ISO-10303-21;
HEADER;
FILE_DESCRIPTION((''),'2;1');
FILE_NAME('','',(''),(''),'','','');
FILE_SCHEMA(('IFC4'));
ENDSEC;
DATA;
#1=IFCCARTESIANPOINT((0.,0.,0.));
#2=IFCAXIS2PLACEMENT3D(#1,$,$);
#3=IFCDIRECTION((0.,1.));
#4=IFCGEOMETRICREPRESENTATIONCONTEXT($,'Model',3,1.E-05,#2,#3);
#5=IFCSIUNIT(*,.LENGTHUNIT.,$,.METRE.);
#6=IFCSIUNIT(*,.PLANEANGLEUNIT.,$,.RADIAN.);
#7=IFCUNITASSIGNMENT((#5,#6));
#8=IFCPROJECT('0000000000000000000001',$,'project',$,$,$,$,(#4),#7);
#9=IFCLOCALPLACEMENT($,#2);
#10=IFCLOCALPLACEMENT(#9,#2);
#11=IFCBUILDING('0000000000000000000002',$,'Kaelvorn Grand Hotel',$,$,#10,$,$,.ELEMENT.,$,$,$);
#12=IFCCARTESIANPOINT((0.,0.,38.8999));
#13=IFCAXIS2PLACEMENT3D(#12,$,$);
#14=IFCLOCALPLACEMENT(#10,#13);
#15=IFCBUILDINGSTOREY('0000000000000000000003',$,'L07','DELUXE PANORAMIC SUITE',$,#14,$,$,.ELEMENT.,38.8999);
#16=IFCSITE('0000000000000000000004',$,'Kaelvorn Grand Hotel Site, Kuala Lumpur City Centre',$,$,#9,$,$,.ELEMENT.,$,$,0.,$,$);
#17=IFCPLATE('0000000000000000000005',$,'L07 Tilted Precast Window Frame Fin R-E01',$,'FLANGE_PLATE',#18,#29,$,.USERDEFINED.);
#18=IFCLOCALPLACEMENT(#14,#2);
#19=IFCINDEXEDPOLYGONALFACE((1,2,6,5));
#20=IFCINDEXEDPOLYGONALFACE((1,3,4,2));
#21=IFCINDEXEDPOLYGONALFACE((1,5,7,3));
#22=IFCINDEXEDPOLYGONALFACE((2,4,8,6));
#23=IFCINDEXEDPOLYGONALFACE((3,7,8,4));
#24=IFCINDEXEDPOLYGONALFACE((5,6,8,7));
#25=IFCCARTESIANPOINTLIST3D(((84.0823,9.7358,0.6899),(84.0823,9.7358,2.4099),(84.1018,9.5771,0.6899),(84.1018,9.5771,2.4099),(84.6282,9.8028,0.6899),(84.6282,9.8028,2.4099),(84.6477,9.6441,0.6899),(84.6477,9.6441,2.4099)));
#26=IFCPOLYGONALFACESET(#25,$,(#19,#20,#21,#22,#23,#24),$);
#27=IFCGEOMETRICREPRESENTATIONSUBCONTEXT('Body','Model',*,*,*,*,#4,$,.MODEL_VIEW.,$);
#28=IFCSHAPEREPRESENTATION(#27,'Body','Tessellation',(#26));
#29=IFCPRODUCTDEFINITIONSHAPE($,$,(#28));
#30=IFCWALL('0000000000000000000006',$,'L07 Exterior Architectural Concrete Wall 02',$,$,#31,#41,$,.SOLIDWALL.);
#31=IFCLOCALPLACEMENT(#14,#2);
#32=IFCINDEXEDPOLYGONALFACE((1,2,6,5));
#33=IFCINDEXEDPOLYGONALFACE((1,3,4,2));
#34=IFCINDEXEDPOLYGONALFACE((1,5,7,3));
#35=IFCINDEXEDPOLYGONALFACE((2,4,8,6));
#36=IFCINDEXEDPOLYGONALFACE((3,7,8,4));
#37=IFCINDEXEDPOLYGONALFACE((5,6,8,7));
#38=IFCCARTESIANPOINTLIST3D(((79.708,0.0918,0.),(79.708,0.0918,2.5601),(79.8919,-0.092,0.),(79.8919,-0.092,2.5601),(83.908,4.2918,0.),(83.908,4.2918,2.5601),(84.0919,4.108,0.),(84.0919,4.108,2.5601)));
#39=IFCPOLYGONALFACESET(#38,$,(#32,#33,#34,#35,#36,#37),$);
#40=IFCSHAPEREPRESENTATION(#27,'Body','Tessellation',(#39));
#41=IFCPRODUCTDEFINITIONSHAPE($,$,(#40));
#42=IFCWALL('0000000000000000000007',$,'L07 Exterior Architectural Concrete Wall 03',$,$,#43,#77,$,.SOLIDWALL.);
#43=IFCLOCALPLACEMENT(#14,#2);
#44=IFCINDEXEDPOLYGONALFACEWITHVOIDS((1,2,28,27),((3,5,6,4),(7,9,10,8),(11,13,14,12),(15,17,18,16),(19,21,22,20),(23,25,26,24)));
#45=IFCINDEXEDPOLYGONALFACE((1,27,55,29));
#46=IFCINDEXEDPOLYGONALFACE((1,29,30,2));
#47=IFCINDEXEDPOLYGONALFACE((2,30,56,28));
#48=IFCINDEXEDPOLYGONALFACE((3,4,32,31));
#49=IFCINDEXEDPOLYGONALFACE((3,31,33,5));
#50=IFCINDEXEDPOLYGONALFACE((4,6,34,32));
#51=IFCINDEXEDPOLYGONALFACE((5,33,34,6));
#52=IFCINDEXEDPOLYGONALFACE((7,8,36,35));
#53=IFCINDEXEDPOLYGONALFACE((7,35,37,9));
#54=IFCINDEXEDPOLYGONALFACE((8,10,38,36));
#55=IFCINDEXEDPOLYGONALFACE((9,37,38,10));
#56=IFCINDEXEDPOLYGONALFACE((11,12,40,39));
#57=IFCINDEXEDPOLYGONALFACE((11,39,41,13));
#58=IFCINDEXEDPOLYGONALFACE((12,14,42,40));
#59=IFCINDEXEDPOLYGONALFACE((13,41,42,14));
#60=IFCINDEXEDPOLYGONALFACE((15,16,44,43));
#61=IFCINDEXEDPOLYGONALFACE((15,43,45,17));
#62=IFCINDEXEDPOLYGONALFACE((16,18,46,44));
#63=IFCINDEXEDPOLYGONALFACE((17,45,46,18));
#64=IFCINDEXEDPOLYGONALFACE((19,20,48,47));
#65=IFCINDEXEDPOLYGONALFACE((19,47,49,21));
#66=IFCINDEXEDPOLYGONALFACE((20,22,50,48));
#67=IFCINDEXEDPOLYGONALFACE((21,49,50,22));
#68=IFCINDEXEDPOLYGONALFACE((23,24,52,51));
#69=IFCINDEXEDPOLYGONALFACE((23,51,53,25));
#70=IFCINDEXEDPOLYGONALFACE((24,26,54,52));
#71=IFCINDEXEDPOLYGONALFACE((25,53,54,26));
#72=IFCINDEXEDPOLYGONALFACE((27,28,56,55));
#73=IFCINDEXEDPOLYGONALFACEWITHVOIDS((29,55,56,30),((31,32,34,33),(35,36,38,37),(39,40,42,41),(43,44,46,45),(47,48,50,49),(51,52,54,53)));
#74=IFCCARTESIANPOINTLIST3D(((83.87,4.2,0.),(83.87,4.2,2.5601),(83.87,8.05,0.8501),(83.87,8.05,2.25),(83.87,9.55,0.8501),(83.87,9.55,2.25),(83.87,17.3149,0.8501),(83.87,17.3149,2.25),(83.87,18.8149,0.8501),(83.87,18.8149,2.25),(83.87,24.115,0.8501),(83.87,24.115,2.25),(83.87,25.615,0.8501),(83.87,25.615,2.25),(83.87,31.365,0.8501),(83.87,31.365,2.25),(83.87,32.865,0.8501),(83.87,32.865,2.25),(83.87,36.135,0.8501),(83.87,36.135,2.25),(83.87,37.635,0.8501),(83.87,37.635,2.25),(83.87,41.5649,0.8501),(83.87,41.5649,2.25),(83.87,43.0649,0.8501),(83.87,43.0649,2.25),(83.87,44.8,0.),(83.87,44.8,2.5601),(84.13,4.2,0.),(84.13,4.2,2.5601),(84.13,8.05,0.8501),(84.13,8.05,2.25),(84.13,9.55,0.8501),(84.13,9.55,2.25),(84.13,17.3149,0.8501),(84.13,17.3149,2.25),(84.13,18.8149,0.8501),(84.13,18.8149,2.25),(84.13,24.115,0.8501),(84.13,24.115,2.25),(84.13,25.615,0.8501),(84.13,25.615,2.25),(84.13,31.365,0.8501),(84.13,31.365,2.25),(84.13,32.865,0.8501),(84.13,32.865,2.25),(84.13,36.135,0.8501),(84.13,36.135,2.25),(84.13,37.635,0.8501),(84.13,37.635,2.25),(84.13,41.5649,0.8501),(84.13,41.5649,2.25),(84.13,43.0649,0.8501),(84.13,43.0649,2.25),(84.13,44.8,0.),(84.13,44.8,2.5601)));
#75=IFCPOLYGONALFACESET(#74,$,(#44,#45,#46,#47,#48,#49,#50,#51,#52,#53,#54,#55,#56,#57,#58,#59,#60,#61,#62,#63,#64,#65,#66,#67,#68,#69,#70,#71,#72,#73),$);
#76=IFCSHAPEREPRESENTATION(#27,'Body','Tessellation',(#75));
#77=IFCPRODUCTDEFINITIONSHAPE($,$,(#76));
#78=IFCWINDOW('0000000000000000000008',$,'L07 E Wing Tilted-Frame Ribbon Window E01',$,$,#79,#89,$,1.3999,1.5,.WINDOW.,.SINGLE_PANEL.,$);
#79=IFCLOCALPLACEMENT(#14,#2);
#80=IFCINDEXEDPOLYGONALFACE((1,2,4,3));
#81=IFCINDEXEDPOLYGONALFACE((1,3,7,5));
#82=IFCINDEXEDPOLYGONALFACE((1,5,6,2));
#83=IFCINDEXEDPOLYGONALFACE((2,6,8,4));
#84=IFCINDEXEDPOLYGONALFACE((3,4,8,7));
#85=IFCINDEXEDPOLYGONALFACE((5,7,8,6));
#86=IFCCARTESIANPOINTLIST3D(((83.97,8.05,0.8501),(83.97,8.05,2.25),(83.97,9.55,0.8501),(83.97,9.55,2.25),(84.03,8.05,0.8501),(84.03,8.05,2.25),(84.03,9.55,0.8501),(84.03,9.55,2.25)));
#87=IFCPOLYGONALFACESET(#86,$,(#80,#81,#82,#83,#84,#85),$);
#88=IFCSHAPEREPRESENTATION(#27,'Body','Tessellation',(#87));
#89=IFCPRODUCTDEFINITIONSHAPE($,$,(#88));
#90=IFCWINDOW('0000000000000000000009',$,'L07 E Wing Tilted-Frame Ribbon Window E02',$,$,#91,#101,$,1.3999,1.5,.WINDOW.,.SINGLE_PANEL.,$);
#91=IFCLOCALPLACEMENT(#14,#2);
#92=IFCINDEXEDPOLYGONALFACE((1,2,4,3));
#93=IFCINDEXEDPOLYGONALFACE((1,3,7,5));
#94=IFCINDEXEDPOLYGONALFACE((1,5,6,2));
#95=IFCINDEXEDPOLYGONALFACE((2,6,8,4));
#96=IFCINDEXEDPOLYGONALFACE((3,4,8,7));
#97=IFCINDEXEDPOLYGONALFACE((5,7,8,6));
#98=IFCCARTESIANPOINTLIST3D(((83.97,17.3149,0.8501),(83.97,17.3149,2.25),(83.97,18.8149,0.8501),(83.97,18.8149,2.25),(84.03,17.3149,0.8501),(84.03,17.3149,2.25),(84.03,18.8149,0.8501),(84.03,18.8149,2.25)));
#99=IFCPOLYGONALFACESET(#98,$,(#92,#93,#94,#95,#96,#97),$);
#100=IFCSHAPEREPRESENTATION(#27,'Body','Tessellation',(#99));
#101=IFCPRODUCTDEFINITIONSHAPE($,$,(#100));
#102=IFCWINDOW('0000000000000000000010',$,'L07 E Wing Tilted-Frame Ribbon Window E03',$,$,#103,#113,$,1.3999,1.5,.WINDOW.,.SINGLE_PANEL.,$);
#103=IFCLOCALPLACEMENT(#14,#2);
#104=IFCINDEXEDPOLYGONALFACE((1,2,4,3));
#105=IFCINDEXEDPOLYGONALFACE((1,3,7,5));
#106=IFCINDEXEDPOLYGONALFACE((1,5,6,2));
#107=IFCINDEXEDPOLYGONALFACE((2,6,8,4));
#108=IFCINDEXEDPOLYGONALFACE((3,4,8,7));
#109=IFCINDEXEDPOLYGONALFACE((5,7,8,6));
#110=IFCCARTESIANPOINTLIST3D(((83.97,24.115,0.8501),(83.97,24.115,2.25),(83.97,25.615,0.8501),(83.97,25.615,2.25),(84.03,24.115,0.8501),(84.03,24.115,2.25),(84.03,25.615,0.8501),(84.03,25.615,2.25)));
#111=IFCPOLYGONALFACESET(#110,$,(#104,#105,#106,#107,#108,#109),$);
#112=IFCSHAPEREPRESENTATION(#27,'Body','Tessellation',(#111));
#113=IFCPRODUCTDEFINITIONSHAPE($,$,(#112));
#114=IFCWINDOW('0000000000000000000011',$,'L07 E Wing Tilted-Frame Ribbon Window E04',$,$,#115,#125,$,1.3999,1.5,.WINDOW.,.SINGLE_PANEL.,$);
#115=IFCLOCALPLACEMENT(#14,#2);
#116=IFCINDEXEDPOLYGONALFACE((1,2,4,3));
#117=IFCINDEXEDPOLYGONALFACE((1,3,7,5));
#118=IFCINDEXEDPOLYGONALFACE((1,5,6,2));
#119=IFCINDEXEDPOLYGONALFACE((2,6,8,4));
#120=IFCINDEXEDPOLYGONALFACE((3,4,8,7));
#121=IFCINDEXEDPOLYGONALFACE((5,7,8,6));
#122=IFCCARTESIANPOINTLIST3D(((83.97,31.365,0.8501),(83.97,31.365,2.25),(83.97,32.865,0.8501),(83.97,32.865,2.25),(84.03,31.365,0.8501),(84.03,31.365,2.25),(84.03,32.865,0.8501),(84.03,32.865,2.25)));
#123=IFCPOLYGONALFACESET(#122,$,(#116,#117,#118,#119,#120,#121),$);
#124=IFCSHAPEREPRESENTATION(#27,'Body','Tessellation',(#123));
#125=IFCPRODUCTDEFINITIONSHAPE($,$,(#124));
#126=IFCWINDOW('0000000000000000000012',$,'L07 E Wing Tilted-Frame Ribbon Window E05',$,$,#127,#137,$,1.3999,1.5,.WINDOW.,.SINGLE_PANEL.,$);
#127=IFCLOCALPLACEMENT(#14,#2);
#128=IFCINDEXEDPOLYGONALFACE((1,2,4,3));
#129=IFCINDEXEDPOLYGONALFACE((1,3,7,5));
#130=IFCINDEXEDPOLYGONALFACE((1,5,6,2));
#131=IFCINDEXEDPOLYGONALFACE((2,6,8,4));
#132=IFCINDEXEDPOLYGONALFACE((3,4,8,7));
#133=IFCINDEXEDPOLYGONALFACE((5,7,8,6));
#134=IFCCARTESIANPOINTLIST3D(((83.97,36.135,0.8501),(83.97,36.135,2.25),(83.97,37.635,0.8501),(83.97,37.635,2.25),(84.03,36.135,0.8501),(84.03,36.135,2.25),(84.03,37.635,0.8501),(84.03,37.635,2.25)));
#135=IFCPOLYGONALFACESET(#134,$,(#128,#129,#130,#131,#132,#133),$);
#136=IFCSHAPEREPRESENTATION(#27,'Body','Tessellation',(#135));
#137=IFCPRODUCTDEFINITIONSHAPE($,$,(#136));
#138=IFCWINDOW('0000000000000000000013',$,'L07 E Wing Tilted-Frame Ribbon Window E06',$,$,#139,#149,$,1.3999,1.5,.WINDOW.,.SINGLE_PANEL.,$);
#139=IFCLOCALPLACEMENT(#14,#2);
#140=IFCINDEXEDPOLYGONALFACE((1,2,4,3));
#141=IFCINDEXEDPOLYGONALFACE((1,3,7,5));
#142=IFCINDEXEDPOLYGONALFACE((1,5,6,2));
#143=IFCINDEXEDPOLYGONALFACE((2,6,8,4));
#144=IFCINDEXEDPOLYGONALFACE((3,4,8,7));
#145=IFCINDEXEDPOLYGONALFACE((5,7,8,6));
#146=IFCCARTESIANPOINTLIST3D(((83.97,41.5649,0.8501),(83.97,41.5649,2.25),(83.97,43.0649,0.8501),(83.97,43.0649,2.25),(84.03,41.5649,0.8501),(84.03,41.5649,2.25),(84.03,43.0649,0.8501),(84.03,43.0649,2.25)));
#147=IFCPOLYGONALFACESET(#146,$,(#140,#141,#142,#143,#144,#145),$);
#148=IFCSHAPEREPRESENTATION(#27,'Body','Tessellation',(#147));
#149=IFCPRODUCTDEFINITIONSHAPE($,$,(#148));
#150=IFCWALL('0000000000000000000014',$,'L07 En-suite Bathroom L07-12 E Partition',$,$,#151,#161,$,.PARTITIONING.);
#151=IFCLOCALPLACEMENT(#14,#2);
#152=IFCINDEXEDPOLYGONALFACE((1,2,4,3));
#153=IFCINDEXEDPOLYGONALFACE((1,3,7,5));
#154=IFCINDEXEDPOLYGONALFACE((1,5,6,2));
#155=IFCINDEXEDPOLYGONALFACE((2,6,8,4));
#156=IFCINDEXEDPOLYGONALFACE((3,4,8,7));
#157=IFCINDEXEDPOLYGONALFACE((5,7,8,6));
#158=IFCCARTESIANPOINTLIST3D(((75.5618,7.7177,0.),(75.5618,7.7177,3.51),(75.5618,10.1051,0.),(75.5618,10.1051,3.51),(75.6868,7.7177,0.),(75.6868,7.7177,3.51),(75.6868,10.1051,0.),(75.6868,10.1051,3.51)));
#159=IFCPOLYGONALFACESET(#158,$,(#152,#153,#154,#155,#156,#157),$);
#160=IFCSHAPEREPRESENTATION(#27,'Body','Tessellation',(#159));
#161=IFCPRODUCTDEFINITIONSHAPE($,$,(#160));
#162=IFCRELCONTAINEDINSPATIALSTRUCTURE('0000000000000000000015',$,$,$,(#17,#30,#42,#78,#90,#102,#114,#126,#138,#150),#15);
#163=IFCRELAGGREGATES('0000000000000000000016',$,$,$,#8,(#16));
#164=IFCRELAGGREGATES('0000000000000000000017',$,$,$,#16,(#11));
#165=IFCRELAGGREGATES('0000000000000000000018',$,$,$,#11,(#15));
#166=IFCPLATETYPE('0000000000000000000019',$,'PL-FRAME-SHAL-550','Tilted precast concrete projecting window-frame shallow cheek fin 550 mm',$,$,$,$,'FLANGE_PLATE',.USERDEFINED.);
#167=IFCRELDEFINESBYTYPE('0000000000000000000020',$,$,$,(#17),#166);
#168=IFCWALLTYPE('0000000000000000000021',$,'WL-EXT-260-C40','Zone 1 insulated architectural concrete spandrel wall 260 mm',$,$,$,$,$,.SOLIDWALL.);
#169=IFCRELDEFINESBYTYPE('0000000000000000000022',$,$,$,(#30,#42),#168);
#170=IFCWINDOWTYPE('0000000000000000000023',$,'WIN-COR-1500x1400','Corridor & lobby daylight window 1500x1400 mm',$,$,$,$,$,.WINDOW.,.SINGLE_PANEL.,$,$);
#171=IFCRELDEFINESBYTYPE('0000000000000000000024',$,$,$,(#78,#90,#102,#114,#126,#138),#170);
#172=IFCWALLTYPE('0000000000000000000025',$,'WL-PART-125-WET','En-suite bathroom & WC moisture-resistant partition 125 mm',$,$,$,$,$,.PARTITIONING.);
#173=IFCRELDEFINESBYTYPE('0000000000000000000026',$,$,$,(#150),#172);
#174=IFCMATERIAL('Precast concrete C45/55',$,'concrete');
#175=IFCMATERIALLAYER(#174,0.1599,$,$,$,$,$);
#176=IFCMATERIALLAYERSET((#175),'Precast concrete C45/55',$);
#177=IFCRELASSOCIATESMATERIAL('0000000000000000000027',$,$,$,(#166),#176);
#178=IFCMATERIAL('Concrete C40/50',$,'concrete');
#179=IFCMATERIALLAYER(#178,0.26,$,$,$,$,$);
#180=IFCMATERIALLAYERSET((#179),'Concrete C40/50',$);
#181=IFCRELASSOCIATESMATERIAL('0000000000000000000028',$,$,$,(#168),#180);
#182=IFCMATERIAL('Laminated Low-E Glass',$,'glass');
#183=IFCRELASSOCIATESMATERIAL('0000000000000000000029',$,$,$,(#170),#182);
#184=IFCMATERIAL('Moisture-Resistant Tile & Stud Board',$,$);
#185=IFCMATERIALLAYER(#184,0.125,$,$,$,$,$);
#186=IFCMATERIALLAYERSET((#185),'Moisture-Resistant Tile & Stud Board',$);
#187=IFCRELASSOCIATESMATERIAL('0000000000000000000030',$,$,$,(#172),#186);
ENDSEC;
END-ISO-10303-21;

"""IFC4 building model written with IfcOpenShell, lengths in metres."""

from ifc_helpers import new_model, si_unit, direction, frame, frame_2d, origin, origin_2d, place, context, subcontext, project, spatial, rectangle, extrude, material, layer, layer_set, type_object, element, fill, save


model = new_model("IFC4")

# Units and contexts
model_context = context("Model", 3, precision=1e-05, world=origin(), true_north=direction((0.0, 1.0)))
body_context = subcontext(model_context, "Body", "Model", "MODEL_VIEW")
ifc_project = project(units=[si_unit("LENGTHUNIT", "METRE"), si_unit("PLANEANGLEUNIT", "RADIAN")], contexts=[model_context])

# Site, building, storey
site_placement = place(None, origin())
site = spatial("IfcSite", under=ifc_project, at=site_placement, Name="Kaelvorn Grand Hotel Site, Kuala Lumpur City Centre", CompositionType="ELEMENT", RefElevation=0.0)
building_placement = place(site_placement, origin())
building = spatial("IfcBuilding", under=site, at=building_placement, Name="Kaelvorn Grand Hotel", CompositionType="ELEMENT")
storey_placement = place(building_placement, frame((0.0, 0.0, 38.8999)))
storey = spatial("IfcBuildingStorey", under=building, at=storey_placement, Name="L07", Description="DELUXE PANORAMIC SUITE", CompositionType="ELEMENT", Elevation=38.8999)

# Plate
ifc_material_1 = material(Name="Precast concrete C45/55", Category="concrete")
ifc_layer_1 = layer(ifc_material_1, 0.1599)
ifc_layer_set_1 = layer_set([ifc_layer_1], Name="Precast concrete C45/55")
plate_type_1 = type_object("IfcPlateType", Name="PL-FRAME-SHAL-550", Description="Tilted precast concrete projecting window-frame shallow cheek fin 550 mm", ElementType="FLANGE_PLATE", PredefinedType="USERDEFINED", material=ifc_layer_set_1)
plate_1_placement = place(storey_placement, frame((84.365, 9.6899, 0.6899), z_axis=(0.0, 0.0, 1.0), x_axis=(-0.121869, 0.992546, 0.0)))
element("IfcPlate", 1, at=plate_1_placement, inside=storey, type_object=plate_type_1, Name="L07 Tilted Precast Window Frame Fin R-E01", ObjectType="FLANGE_PLATE", PredefinedType="USERDEFINED", context=body_context, shape_type="SweptSolid", body=[
    extrude(rectangle(XDim=0.1599, YDim=0.55, at=origin_2d()), origin(), (0.0, 0.0, 1.0), 1.72),
])

# Wall
ifc_material_2 = material(Name="Concrete C40/50", Category="concrete")
ifc_layer_2 = layer(ifc_material_2, 0.26)
ifc_layer_set_2 = layer_set([ifc_layer_2], Name="Concrete C40/50")
wall_type_1 = type_object("IfcWallType", Name="WL-EXT-260-C40", Description="Zone 1 insulated architectural concrete spandrel wall 260 mm", PredefinedType="SOLIDWALL", material=ifc_layer_set_2)
wall_1_placement = place(storey_placement, frame((79.8, 0.0, 0.0), z_axis=(0.0, 0.0, 1.0), x_axis=(0.707107, 0.707107, 0.0)))
element("IfcWall", 2, at=wall_1_placement, inside=storey, type_object=wall_type_1, Name="L07 Exterior Architectural Concrete Wall 02", PredefinedType="SOLIDWALL", context=body_context, shape_type="SweptSolid", body=[
    extrude(rectangle(XDim=5.9397, YDim=0.26, at=frame_2d((2.9697, 0.0))), origin(), (0.0, 0.0, 1.0), 2.5601),
])

# Wall, openings, windows
wall_2_placement = place(storey_placement, frame((84.0, 4.2, 0.0), z_axis=(0.0, 0.0, 1.0), x_axis=(0.0, 1.0, 0.0)))
wall_2 = element("IfcWall", 3, at=wall_2_placement, inside=storey, type_object=wall_type_1, Name="L07 Exterior Architectural Concrete Wall 03", PredefinedType="SOLIDWALL", context=body_context, shape_type="SweptSolid", body=[
    extrude(rectangle(XDim=40.6001, YDim=0.26, at=frame_2d((20.3, 0.0))), origin(), (0.0, 0.0, 1.0), 2.5601),
])
opening_1_placement = place(wall_2_placement, frame((3.8501, 0.0, 0.8501)))
opening_1 = element("IfcOpeningElement", 4, at=opening_1_placement, cuts=wall_2, PredefinedType="OPENING", context=body_context, shape_type="SweptSolid", body=[
    extrude(rectangle(XDim=1.5, YDim=1.3999, at=frame_2d((0.75, 0.7))), frame((0.0, 0.1401, 0.0), z_axis=(0.0, -1.0, 0.0), x_axis=(1.0, 0.0, 0.0)), (0.0, 0.0, 1.0), 0.28),
])
opening_2_placement = place(wall_2_placement, frame((13.115, 0.0, 0.8501)))
opening_2 = element("IfcOpeningElement", 5, at=opening_2_placement, cuts=wall_2, PredefinedType="OPENING", context=body_context, shape_type="SweptSolid", body=[
    extrude(rectangle(XDim=1.5, YDim=1.3999, at=frame_2d((0.75, 0.7))), frame((0.0, 0.1401, 0.0), z_axis=(0.0, -1.0, 0.0), x_axis=(1.0, 0.0, 0.0)), (0.0, 0.0, 1.0), 0.28),
])
opening_3_placement = place(wall_2_placement, frame((19.915, 0.0, 0.8501)))
opening_3 = element("IfcOpeningElement", 6, at=opening_3_placement, cuts=wall_2, PredefinedType="OPENING", context=body_context, shape_type="SweptSolid", body=[
    extrude(rectangle(XDim=1.5, YDim=1.3999, at=frame_2d((0.75, 0.7))), frame((0.0, 0.1401, 0.0), z_axis=(0.0, -1.0, 0.0), x_axis=(1.0, 0.0, 0.0)), (0.0, 0.0, 1.0), 0.28),
])
opening_4_placement = place(wall_2_placement, frame((27.165, 0.0, 0.8501)))
opening_4 = element("IfcOpeningElement", 7, at=opening_4_placement, cuts=wall_2, PredefinedType="OPENING", context=body_context, shape_type="SweptSolid", body=[
    extrude(rectangle(XDim=1.5, YDim=1.3999, at=frame_2d((0.75, 0.7))), frame((0.0, 0.1401, 0.0), z_axis=(0.0, -1.0, 0.0), x_axis=(1.0, 0.0, 0.0)), (0.0, 0.0, 1.0), 0.28),
])
opening_5_placement = place(wall_2_placement, frame((31.9351, 0.0, 0.8501)))
opening_5 = element("IfcOpeningElement", 8, at=opening_5_placement, cuts=wall_2, PredefinedType="OPENING", context=body_context, shape_type="SweptSolid", body=[
    extrude(rectangle(XDim=1.5, YDim=1.3999, at=frame_2d((0.75, 0.7))), frame((0.0, 0.1401, 0.0), z_axis=(0.0, -1.0, 0.0), x_axis=(1.0, 0.0, 0.0)), (0.0, 0.0, 1.0), 0.28),
])
opening_6_placement = place(wall_2_placement, frame((37.365, 0.0, 0.8501)))
opening_6 = element("IfcOpeningElement", 9, at=opening_6_placement, cuts=wall_2, PredefinedType="OPENING", context=body_context, shape_type="SweptSolid", body=[
    extrude(rectangle(XDim=1.5, YDim=1.3999, at=frame_2d((0.75, 0.7))), frame((0.0, 0.1401, 0.0), z_axis=(0.0, -1.0, 0.0), x_axis=(1.0, 0.0, 0.0)), (0.0, 0.0, 1.0), 0.28),
])
ifc_material_3 = material(Name="Laminated Low-E Glass", Category="glass")
window_type = type_object("IfcWindowType", Name="WIN-COR-1500x1400", Description="Corridor & lobby daylight window 1500x1400 mm", PartitioningType="SINGLE_PANEL", PredefinedType="WINDOW", material=ifc_material_3)
window_1_placement = place(opening_1_placement, origin())
window_1 = element("IfcWindow", 10, at=window_1_placement, inside=storey, type_object=window_type, Name="L07 E Wing Tilted-Frame Ribbon Window E01", OverallHeight=1.3999, OverallWidth=1.5, PartitioningType="SINGLE_PANEL", PredefinedType="WINDOW", context=body_context, shape_type="SweptSolid", body=[
    extrude(rectangle(XDim=1.5, YDim=1.3999, at=frame_2d((0.75, 0.7))), frame((0.0, 0.03, 0.0), z_axis=(0.0, -1.0, 0.0), x_axis=(1.0, 0.0, 0.0)), (0.0, 0.0, 1.0), 0.0601),
])
fill(opening_1, window_1)
window_2_placement = place(opening_2_placement, origin())
window_2 = element("IfcWindow", 11, at=window_2_placement, inside=storey, type_object=window_type, Name="L07 E Wing Tilted-Frame Ribbon Window E02", OverallHeight=1.3999, OverallWidth=1.5, PartitioningType="SINGLE_PANEL", PredefinedType="WINDOW", context=body_context, shape_type="SweptSolid", body=[
    extrude(rectangle(XDim=1.5, YDim=1.3999, at=frame_2d((0.75, 0.7))), frame((0.0, 0.03, 0.0), z_axis=(0.0, -1.0, 0.0), x_axis=(1.0, 0.0, 0.0)), (0.0, 0.0, 1.0), 0.0601),
])
fill(opening_2, window_2)
window_3_placement = place(opening_3_placement, origin())
window_3 = element("IfcWindow", 12, at=window_3_placement, inside=storey, type_object=window_type, Name="L07 E Wing Tilted-Frame Ribbon Window E03", OverallHeight=1.3999, OverallWidth=1.5, PartitioningType="SINGLE_PANEL", PredefinedType="WINDOW", context=body_context, shape_type="SweptSolid", body=[
    extrude(rectangle(XDim=1.5, YDim=1.3999, at=frame_2d((0.75, 0.7))), frame((0.0, 0.03, 0.0), z_axis=(0.0, -1.0, 0.0), x_axis=(1.0, 0.0, 0.0)), (0.0, 0.0, 1.0), 0.0601),
])
fill(opening_3, window_3)
window_4_placement = place(opening_4_placement, origin())
window_4 = element("IfcWindow", 13, at=window_4_placement, inside=storey, type_object=window_type, Name="L07 E Wing Tilted-Frame Ribbon Window E04", OverallHeight=1.3999, OverallWidth=1.5, PartitioningType="SINGLE_PANEL", PredefinedType="WINDOW", context=body_context, shape_type="SweptSolid", body=[
    extrude(rectangle(XDim=1.5, YDim=1.3999, at=frame_2d((0.75, 0.7))), frame((0.0, 0.03, 0.0), z_axis=(0.0, -1.0, 0.0), x_axis=(1.0, 0.0, 0.0)), (0.0, 0.0, 1.0), 0.0601),
])
fill(opening_4, window_4)
window_5_placement = place(opening_5_placement, origin())
window_5 = element("IfcWindow", 14, at=window_5_placement, inside=storey, type_object=window_type, Name="L07 E Wing Tilted-Frame Ribbon Window E05", OverallHeight=1.3999, OverallWidth=1.5, PartitioningType="SINGLE_PANEL", PredefinedType="WINDOW", context=body_context, shape_type="SweptSolid", body=[
    extrude(rectangle(XDim=1.5, YDim=1.3999, at=frame_2d((0.75, 0.7))), frame((0.0, 0.03, 0.0), z_axis=(0.0, -1.0, 0.0), x_axis=(1.0, 0.0, 0.0)), (0.0, 0.0, 1.0), 0.0601),
])
fill(opening_5, window_5)
window_6_placement = place(opening_6_placement, origin())
window_6 = element("IfcWindow", 15, at=window_6_placement, inside=storey, type_object=window_type, Name="L07 E Wing Tilted-Frame Ribbon Window E06", OverallHeight=1.3999, OverallWidth=1.5, PartitioningType="SINGLE_PANEL", PredefinedType="WINDOW", context=body_context, shape_type="SweptSolid", body=[
    extrude(rectangle(XDim=1.5, YDim=1.3999, at=frame_2d((0.75, 0.7))), frame((0.0, 0.03, 0.0), z_axis=(0.0, -1.0, 0.0), x_axis=(1.0, 0.0, 0.0)), (0.0, 0.0, 1.0), 0.0601),
])
fill(opening_6, window_6)

# Wall
ifc_material_4 = material(Name="Moisture-Resistant Tile & Stud Board")
ifc_layer_3 = layer(ifc_material_4, 0.125)
ifc_layer_set_3 = layer_set([ifc_layer_3], Name="Moisture-Resistant Tile & Stud Board")
wall_type_2 = type_object("IfcWallType", Name="WL-PART-125-WET", Description="En-suite bathroom & WC moisture-resistant partition 125 mm", PredefinedType="PARTITIONING", material=ifc_layer_set_3)
wall_3_placement = place(storey_placement, frame((75.6243, 7.7175, 0.0), z_axis=(0.0, 0.0, 1.0), x_axis=(0.0, 1.0, 0.0)))
element("IfcWall", 16, at=wall_3_placement, inside=storey, type_object=wall_type_2, Name="L07 En-suite Bathroom L07-12 E Partition", PredefinedType="PARTITIONING", context=body_context, shape_type="SweptSolid", body=[
    extrude(rectangle(XDim=2.3875, YDim=0.125, at=frame_2d((1.1938, 0.0))), origin(), (0.0, 0.0, 1.0), 3.51),
])

save(model, "model.ifc")
